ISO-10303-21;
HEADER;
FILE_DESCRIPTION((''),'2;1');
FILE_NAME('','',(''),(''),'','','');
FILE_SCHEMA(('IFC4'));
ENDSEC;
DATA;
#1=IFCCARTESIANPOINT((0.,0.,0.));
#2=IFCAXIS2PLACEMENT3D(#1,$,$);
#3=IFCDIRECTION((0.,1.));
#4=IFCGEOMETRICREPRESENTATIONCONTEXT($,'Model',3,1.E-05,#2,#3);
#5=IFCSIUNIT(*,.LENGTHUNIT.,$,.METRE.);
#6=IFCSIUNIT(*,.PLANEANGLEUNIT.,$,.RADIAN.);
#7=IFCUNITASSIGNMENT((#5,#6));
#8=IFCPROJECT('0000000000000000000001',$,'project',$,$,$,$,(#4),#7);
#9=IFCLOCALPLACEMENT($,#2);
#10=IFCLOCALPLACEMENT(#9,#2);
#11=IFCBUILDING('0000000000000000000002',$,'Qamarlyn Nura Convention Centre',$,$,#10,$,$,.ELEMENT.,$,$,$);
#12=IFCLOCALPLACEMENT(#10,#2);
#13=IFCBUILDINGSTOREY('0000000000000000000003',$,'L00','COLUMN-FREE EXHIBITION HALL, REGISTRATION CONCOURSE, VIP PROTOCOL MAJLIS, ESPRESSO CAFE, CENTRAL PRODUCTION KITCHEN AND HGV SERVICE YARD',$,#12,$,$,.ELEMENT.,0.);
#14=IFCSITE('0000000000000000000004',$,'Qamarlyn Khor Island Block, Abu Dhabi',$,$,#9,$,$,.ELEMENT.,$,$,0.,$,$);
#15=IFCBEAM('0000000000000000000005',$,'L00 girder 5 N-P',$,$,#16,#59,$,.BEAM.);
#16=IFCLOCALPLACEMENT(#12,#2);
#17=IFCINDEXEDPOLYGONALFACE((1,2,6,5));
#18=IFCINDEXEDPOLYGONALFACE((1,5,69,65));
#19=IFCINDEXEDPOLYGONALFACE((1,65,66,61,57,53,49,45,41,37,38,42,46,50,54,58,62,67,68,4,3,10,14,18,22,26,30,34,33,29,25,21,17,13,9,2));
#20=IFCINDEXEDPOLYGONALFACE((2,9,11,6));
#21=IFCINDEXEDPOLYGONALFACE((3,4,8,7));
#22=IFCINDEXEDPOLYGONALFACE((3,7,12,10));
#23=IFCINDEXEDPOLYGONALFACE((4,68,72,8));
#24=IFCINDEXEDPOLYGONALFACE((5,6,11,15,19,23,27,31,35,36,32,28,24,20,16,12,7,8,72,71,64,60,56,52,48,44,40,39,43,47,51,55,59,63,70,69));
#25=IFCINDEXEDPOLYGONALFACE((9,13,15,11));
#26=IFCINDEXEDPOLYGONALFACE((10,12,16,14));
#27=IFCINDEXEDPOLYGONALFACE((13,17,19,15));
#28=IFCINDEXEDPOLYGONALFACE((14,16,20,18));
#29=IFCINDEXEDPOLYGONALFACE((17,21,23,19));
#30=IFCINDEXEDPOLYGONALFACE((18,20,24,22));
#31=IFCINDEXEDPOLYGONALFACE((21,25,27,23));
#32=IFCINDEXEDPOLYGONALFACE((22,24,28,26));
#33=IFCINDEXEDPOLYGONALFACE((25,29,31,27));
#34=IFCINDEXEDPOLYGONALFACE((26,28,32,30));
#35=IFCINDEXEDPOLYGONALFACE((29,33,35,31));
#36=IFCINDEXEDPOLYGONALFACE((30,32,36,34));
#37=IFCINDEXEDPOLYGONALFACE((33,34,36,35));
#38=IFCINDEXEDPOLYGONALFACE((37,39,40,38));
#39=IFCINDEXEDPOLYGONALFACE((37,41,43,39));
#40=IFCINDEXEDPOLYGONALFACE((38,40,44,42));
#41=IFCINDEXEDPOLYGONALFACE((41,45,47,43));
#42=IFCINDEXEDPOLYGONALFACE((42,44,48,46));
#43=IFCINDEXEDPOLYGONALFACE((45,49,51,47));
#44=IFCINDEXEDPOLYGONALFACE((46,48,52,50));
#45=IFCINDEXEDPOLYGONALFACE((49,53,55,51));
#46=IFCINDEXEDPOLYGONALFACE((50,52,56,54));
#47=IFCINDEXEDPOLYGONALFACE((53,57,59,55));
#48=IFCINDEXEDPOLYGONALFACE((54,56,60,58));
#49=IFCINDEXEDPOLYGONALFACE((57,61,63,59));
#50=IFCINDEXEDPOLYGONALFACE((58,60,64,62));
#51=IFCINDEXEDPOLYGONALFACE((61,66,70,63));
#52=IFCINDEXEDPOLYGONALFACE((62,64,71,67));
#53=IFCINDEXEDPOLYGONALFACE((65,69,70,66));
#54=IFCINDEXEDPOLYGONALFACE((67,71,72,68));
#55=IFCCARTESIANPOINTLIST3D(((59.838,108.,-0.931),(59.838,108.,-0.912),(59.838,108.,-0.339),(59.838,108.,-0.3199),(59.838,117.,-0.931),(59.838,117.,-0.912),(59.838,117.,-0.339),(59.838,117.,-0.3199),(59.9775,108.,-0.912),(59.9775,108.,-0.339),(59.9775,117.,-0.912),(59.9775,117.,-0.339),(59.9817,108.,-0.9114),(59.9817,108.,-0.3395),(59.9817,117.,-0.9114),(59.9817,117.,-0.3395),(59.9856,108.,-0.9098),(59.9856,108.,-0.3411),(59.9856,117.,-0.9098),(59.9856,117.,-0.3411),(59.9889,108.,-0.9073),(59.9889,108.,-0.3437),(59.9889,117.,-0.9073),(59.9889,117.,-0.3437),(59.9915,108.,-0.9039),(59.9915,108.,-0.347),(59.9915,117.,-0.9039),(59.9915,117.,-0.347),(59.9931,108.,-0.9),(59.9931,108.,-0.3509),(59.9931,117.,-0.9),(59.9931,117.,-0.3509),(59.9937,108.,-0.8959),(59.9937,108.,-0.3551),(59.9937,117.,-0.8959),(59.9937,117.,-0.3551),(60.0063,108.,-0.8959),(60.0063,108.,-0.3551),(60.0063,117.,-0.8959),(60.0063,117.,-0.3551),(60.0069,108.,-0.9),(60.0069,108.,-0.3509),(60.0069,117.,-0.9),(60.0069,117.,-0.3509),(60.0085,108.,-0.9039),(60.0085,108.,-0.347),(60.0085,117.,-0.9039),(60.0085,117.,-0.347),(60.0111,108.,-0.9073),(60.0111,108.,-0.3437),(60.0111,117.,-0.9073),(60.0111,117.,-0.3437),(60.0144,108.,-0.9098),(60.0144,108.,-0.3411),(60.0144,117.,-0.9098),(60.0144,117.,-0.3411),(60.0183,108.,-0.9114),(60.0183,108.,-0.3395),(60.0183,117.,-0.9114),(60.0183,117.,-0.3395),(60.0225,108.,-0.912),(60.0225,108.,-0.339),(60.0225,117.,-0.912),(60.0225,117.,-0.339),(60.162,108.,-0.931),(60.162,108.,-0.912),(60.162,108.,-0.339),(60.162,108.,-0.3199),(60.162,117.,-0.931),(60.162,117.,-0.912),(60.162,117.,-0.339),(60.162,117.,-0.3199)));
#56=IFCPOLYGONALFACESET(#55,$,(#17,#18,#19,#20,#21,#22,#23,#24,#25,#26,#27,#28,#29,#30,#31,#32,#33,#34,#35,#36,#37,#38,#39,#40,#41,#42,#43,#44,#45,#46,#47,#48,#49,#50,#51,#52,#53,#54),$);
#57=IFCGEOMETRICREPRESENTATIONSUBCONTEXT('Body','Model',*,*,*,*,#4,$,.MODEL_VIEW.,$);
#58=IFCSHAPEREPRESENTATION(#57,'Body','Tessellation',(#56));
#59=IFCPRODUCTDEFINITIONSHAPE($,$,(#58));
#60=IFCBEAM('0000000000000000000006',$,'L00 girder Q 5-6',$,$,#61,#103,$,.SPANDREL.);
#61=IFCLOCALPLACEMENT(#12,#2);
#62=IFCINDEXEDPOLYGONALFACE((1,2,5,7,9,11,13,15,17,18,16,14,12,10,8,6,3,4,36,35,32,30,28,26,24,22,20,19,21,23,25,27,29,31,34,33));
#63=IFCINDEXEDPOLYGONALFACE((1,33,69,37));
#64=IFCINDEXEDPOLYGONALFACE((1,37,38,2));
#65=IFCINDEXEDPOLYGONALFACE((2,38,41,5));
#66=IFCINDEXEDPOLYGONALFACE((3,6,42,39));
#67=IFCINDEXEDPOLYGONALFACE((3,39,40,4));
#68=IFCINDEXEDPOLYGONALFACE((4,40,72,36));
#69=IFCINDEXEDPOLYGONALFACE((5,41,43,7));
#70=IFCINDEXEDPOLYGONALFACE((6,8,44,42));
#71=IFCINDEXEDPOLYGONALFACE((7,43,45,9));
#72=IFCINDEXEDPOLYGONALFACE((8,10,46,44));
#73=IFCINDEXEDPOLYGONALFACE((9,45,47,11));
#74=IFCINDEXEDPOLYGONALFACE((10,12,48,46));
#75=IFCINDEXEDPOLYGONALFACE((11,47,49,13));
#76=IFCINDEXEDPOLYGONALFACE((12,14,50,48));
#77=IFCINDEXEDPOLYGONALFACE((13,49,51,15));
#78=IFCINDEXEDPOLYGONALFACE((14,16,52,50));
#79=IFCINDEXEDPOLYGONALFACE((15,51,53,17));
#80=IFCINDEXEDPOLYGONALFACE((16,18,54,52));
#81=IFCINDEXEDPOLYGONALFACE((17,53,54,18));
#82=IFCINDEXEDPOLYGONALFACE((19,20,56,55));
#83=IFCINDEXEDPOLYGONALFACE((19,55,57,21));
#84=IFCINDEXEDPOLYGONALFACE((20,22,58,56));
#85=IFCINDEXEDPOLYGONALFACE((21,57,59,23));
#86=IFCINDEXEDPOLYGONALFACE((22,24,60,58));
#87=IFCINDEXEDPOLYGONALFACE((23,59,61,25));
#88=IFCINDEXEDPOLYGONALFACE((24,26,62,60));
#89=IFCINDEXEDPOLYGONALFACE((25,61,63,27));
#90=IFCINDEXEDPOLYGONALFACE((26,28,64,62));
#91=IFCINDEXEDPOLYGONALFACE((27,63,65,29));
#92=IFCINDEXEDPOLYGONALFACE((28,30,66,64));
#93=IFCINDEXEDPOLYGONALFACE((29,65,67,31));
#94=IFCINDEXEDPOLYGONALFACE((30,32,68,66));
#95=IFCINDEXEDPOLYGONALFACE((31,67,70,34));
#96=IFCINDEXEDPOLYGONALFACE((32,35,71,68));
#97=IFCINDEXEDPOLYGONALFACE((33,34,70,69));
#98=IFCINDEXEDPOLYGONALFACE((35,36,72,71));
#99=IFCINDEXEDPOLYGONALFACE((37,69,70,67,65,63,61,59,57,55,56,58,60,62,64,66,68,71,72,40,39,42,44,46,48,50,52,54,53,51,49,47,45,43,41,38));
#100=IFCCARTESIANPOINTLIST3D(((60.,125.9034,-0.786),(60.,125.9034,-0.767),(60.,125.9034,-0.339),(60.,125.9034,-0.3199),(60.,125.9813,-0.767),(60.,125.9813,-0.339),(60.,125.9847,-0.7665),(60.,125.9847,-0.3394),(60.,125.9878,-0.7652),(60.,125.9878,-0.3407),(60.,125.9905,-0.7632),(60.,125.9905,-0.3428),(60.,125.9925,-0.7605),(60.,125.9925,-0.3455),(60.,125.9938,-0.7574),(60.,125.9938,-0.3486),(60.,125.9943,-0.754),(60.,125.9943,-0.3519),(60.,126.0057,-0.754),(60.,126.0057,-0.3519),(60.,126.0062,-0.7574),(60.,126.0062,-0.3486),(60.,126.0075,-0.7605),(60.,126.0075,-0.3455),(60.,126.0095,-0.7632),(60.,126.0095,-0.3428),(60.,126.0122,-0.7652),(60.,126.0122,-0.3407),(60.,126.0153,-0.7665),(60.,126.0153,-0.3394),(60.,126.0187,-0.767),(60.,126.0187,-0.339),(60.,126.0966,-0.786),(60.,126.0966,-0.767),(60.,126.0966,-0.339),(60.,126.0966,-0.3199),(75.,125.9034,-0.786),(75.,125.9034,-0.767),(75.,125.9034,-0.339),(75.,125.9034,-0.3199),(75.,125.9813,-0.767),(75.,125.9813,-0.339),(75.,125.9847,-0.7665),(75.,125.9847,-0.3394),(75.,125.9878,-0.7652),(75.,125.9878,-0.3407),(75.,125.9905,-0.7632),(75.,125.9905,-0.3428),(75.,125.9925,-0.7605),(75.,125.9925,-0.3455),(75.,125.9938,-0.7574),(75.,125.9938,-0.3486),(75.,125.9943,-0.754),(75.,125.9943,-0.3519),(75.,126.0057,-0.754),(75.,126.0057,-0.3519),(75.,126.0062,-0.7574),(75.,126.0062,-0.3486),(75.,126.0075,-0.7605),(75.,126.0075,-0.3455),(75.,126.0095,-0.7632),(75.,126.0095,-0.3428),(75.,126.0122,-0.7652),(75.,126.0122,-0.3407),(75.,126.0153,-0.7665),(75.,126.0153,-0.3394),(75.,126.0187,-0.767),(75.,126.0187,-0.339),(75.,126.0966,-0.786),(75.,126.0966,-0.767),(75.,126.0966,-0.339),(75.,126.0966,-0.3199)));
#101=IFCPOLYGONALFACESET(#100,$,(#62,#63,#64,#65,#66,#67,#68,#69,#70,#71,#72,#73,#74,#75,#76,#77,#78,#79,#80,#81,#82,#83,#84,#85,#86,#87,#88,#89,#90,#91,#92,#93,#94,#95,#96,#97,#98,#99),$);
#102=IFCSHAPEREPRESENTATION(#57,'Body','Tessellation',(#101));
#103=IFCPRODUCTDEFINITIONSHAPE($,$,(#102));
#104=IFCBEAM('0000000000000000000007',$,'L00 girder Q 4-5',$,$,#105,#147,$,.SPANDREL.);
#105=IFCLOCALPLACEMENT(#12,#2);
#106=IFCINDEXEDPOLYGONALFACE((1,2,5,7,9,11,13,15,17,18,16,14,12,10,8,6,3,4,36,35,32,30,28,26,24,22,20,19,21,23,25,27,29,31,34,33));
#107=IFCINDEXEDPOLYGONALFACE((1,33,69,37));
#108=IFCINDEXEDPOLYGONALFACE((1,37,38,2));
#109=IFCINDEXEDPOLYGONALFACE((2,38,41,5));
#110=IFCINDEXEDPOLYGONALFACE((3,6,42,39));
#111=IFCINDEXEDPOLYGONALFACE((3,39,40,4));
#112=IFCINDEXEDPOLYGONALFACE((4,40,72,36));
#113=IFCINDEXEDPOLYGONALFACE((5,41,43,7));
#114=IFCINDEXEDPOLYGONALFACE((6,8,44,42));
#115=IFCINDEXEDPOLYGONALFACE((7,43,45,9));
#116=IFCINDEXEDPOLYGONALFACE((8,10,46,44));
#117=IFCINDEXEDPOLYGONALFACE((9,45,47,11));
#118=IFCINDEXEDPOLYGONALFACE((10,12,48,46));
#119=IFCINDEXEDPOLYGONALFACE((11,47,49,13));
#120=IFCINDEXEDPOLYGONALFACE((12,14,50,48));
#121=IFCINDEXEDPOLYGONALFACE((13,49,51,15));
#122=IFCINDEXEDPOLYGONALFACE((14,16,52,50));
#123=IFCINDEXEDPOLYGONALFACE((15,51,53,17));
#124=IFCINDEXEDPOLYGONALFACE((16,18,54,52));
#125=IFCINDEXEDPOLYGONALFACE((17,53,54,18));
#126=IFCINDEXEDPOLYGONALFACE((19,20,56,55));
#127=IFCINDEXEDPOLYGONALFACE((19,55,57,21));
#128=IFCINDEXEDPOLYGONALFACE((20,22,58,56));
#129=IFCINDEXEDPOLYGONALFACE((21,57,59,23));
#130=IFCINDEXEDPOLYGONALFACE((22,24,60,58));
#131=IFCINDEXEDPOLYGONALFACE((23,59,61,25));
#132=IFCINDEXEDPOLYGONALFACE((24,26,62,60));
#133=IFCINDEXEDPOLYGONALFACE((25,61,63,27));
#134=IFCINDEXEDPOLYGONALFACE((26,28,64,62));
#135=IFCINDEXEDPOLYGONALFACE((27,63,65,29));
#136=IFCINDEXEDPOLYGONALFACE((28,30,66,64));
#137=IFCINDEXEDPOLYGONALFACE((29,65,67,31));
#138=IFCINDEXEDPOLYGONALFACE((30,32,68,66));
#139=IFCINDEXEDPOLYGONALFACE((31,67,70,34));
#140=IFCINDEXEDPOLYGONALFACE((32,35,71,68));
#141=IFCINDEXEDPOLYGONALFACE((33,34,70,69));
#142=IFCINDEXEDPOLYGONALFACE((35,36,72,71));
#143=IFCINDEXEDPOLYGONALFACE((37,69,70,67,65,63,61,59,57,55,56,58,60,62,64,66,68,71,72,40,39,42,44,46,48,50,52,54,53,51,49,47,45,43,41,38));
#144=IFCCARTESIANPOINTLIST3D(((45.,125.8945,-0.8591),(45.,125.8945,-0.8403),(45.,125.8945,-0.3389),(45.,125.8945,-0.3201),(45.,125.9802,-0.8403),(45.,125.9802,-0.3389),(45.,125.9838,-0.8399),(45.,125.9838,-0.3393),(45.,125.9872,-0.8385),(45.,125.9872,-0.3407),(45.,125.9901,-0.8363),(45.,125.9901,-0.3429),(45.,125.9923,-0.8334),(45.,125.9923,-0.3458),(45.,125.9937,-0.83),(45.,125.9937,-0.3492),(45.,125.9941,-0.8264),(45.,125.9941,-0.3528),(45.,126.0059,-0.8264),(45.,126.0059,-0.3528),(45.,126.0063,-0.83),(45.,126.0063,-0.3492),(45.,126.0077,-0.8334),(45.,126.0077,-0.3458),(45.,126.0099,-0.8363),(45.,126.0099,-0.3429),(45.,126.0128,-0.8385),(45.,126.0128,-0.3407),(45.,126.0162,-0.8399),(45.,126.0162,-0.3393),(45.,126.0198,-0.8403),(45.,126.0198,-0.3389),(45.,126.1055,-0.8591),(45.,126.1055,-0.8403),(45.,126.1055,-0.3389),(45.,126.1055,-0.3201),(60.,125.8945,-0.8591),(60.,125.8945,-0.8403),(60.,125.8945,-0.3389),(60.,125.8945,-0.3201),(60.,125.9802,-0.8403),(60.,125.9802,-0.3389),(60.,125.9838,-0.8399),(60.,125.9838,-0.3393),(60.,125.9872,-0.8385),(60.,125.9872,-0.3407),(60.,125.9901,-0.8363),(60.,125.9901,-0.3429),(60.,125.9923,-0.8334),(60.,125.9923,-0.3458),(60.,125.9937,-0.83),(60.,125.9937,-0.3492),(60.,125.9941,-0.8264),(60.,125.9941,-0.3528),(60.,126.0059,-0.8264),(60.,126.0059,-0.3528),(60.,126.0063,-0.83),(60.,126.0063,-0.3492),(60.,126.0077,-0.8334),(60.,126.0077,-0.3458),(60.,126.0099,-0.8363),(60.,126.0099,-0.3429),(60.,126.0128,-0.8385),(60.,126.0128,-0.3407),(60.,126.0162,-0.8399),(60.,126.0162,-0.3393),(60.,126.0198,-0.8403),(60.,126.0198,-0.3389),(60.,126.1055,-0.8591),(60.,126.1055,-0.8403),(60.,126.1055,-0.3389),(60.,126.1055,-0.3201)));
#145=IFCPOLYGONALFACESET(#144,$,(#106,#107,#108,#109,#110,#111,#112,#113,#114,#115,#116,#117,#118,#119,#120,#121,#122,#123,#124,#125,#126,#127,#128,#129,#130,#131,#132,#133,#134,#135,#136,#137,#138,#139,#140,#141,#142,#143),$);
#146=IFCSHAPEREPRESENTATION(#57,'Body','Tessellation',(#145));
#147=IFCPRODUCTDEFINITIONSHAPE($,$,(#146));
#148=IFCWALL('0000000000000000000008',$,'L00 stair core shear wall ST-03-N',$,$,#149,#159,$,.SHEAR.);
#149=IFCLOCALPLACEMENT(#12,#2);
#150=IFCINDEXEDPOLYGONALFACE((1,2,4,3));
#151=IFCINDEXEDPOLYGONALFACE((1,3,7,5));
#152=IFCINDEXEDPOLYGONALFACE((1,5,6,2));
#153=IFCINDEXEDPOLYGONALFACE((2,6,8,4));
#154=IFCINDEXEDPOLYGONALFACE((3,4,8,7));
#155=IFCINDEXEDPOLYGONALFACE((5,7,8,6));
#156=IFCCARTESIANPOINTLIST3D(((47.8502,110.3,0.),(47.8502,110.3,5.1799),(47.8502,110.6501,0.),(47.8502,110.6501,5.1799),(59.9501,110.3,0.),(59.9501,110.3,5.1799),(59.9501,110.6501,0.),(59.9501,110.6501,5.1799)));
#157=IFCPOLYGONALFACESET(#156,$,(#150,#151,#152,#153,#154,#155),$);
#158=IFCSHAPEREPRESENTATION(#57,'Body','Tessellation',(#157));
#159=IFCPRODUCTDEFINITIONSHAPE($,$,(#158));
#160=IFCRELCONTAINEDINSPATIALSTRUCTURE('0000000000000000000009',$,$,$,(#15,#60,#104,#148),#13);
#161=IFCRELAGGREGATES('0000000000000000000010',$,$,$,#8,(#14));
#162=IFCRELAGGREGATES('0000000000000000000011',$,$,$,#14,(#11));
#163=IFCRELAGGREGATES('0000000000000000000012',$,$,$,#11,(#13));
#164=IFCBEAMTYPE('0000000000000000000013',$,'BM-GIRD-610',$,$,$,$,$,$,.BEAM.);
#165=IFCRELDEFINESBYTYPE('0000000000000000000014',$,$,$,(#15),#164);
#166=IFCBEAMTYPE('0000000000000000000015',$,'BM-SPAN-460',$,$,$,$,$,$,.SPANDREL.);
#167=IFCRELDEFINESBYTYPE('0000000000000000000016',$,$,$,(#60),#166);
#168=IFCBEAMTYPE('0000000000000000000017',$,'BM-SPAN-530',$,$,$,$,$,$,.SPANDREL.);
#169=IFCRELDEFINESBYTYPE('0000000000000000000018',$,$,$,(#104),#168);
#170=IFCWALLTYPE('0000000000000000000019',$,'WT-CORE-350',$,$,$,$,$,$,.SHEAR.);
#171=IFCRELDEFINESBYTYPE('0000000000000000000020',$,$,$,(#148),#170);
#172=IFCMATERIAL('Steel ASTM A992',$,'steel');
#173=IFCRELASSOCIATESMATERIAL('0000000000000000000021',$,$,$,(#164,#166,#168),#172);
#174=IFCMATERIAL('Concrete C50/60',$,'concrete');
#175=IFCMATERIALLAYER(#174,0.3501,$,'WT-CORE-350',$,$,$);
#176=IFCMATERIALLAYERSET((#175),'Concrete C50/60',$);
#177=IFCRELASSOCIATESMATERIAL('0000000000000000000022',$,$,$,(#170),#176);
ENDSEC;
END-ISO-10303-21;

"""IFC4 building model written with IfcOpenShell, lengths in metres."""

from ifc_helpers import new_model, si_unit, direction, frame, frame_2d, origin, origin_2d, place, context, subcontext, project, spatial, rectangle, i_section, extrude, material, layer, layer_set, material_profile, profile_set, type_object, element, save


model = new_model("IFC4")

# Units and contexts
model_context = context("Model", 3, precision=1e-05, world=origin(), true_north=direction((0.0, 1.0)))
body_context = subcontext(model_context, "Body", "Model", "MODEL_VIEW")
ifc_project = project(units=[si_unit("LENGTHUNIT", "METRE"), si_unit("PLANEANGLEUNIT", "RADIAN")], contexts=[model_context])

# Site, building, storey
site_placement = place(None, origin())
site = spatial("IfcSite", under=ifc_project, at=site_placement, Name="Qamarlyn Khor Island Block, Abu Dhabi", CompositionType="ELEMENT", RefElevation=0.0)
building_placement = place(site_placement, origin())
building = spatial("IfcBuilding", under=site, at=building_placement, Name="Qamarlyn Nura Convention Centre", CompositionType="ELEMENT")
storey_placement = place(building_placement, origin())
storey = spatial("IfcBuildingStorey", under=building, at=storey_placement, Name="L00", Description="COLUMN-FREE EXHIBITION HALL, REGISTRATION CONCOURSE, VIP PROTOCOL MAJLIS, ESPRESSO CAFE, CENTRAL PRODUCTION KITCHEN AND HGV SERVICE YARD", CompositionType="ELEMENT", Elevation=0.0)

# Shared definitions
ifc_material_1 = material(Name="Concrete C50/60", Category="concrete")
ifc_material_2 = material(Name="Steel ASTM A992", Category="steel")

# Beams
ifc_material_profile_1 = material_profile(ifc_material_2, i_section(OverallWidth=0.324, OverallDepth=0.6111, WebThickness=0.0127, FlangeThickness=0.019, FilletRadius=0.0161, at=origin_2d()), Name="W610X155")
ifc_profile_set_1 = profile_set([ifc_material_profile_1], Name="Steel ASTM A992")
beam_type_1 = type_object("IfcBeamType", Name="BM-GIRD-610", PredefinedType="BEAM", material=ifc_profile_set_1)
beam_1_placement = place(storey_placement, frame((60.0, 108.0, -0.6255), z_axis=(0.0, 1.0, 0.0), x_axis=(-1.0, 0.0, 0.0)))
element("IfcBeam", 1, at=beam_1_placement, inside=storey, type_object=beam_type_1, Name="L00 girder 5 N-P", PredefinedType="BEAM", context=body_context, shape_type="SweptSolid", body=[
    extrude(i_section(OverallWidth=0.324, OverallDepth=0.6111, WebThickness=0.0127, FlangeThickness=0.019, FilletRadius=0.0161, at=origin_2d()), origin(), (0.0, 0.0, 1.0), 9.0),
])
ifc_material_profile_2 = material_profile(ifc_material_2, i_section(OverallWidth=0.1931, OverallDepth=0.4661, WebThickness=0.0115, FlangeThickness=0.019, FilletRadius=0.0129, at=origin_2d()), Name="W460X97")
ifc_profile_set_2 = profile_set([ifc_material_profile_2], Name="Steel ASTM A992")
beam_type_2 = type_object("IfcBeamType", Name="BM-SPAN-460", PredefinedType="SPANDREL", material=ifc_profile_set_2)
beam_2_placement = place(storey_placement, frame((60.0, 126.0, -0.553), z_axis=(1.0, 0.0, 0.0), x_axis=(0.0, 1.0, 0.0)))
element("IfcBeam", 2, at=beam_2_placement, inside=storey, type_object=beam_type_2, Name="L00 girder Q 5-6", PredefinedType="SPANDREL", context=body_context, shape_type="SweptSolid", body=[
    extrude(i_section(OverallWidth=0.1931, OverallDepth=0.4661, WebThickness=0.0115, FlangeThickness=0.019, FilletRadius=0.0129, at=origin_2d()), origin(), (0.0, 0.0, 1.0), 15.0),
])
ifc_material_profile_3 = material_profile(ifc_material_2, i_section(OverallWidth=0.2109, OverallDepth=0.5391, WebThickness=0.0117, FlangeThickness=0.0188, FilletRadius=0.0139, at=origin_2d()), Name="W530X109")
ifc_profile_set_3 = profile_set([ifc_material_profile_3], Name="Steel ASTM A992")
beam_type_3 = type_object("IfcBeamType", Name="BM-SPAN-530", PredefinedType="SPANDREL", material=ifc_profile_set_3)
beam_3_placement = place(storey_placement, frame((45.0, 126.0, -0.5896), z_axis=(1.0, 0.0, 0.0), x_axis=(0.0, 1.0, 0.0)))
element("IfcBeam", 3, at=beam_3_placement, inside=storey, type_object=beam_type_3, Name="L00 girder Q 4-5", PredefinedType="SPANDREL", context=body_context, shape_type="SweptSolid", body=[
    extrude(i_section(OverallWidth=0.2109, OverallDepth=0.5391, WebThickness=0.0117, FlangeThickness=0.0188, FilletRadius=0.0139, at=origin_2d()), origin(), (0.0, 0.0, 1.0), 15.0),
])

# Wall
ifc_layer_1 = layer(ifc_material_1, 0.3501, Name="WT-CORE-350")
ifc_layer_set_1 = layer_set([ifc_layer_1], Name="Concrete C50/60")
wall_type_1 = type_object("IfcWallType", Name="WT-CORE-350", PredefinedType="SHEAR", material=ifc_layer_set_1)
wall_1_placement = place(storey_placement, frame((59.95, 110.4751, 0.0), z_axis=(0.0, 0.0, 1.0), x_axis=(-1.0, 0.0, 0.0)))
element("IfcWall", 4, at=wall_1_placement, inside=storey, type_object=wall_type_1, Name="L00 stair core shear wall ST-03-N", PredefinedType="SHEAR", context=body_context, shape_type="SweptSolid", body=[
    extrude(rectangle(XDim=12.0999, YDim=0.3501, at=frame_2d((6.0498, 0.0))), origin(), (0.0, 0.0, 1.0), 5.1799),
])

save(model, "model.ifc")
